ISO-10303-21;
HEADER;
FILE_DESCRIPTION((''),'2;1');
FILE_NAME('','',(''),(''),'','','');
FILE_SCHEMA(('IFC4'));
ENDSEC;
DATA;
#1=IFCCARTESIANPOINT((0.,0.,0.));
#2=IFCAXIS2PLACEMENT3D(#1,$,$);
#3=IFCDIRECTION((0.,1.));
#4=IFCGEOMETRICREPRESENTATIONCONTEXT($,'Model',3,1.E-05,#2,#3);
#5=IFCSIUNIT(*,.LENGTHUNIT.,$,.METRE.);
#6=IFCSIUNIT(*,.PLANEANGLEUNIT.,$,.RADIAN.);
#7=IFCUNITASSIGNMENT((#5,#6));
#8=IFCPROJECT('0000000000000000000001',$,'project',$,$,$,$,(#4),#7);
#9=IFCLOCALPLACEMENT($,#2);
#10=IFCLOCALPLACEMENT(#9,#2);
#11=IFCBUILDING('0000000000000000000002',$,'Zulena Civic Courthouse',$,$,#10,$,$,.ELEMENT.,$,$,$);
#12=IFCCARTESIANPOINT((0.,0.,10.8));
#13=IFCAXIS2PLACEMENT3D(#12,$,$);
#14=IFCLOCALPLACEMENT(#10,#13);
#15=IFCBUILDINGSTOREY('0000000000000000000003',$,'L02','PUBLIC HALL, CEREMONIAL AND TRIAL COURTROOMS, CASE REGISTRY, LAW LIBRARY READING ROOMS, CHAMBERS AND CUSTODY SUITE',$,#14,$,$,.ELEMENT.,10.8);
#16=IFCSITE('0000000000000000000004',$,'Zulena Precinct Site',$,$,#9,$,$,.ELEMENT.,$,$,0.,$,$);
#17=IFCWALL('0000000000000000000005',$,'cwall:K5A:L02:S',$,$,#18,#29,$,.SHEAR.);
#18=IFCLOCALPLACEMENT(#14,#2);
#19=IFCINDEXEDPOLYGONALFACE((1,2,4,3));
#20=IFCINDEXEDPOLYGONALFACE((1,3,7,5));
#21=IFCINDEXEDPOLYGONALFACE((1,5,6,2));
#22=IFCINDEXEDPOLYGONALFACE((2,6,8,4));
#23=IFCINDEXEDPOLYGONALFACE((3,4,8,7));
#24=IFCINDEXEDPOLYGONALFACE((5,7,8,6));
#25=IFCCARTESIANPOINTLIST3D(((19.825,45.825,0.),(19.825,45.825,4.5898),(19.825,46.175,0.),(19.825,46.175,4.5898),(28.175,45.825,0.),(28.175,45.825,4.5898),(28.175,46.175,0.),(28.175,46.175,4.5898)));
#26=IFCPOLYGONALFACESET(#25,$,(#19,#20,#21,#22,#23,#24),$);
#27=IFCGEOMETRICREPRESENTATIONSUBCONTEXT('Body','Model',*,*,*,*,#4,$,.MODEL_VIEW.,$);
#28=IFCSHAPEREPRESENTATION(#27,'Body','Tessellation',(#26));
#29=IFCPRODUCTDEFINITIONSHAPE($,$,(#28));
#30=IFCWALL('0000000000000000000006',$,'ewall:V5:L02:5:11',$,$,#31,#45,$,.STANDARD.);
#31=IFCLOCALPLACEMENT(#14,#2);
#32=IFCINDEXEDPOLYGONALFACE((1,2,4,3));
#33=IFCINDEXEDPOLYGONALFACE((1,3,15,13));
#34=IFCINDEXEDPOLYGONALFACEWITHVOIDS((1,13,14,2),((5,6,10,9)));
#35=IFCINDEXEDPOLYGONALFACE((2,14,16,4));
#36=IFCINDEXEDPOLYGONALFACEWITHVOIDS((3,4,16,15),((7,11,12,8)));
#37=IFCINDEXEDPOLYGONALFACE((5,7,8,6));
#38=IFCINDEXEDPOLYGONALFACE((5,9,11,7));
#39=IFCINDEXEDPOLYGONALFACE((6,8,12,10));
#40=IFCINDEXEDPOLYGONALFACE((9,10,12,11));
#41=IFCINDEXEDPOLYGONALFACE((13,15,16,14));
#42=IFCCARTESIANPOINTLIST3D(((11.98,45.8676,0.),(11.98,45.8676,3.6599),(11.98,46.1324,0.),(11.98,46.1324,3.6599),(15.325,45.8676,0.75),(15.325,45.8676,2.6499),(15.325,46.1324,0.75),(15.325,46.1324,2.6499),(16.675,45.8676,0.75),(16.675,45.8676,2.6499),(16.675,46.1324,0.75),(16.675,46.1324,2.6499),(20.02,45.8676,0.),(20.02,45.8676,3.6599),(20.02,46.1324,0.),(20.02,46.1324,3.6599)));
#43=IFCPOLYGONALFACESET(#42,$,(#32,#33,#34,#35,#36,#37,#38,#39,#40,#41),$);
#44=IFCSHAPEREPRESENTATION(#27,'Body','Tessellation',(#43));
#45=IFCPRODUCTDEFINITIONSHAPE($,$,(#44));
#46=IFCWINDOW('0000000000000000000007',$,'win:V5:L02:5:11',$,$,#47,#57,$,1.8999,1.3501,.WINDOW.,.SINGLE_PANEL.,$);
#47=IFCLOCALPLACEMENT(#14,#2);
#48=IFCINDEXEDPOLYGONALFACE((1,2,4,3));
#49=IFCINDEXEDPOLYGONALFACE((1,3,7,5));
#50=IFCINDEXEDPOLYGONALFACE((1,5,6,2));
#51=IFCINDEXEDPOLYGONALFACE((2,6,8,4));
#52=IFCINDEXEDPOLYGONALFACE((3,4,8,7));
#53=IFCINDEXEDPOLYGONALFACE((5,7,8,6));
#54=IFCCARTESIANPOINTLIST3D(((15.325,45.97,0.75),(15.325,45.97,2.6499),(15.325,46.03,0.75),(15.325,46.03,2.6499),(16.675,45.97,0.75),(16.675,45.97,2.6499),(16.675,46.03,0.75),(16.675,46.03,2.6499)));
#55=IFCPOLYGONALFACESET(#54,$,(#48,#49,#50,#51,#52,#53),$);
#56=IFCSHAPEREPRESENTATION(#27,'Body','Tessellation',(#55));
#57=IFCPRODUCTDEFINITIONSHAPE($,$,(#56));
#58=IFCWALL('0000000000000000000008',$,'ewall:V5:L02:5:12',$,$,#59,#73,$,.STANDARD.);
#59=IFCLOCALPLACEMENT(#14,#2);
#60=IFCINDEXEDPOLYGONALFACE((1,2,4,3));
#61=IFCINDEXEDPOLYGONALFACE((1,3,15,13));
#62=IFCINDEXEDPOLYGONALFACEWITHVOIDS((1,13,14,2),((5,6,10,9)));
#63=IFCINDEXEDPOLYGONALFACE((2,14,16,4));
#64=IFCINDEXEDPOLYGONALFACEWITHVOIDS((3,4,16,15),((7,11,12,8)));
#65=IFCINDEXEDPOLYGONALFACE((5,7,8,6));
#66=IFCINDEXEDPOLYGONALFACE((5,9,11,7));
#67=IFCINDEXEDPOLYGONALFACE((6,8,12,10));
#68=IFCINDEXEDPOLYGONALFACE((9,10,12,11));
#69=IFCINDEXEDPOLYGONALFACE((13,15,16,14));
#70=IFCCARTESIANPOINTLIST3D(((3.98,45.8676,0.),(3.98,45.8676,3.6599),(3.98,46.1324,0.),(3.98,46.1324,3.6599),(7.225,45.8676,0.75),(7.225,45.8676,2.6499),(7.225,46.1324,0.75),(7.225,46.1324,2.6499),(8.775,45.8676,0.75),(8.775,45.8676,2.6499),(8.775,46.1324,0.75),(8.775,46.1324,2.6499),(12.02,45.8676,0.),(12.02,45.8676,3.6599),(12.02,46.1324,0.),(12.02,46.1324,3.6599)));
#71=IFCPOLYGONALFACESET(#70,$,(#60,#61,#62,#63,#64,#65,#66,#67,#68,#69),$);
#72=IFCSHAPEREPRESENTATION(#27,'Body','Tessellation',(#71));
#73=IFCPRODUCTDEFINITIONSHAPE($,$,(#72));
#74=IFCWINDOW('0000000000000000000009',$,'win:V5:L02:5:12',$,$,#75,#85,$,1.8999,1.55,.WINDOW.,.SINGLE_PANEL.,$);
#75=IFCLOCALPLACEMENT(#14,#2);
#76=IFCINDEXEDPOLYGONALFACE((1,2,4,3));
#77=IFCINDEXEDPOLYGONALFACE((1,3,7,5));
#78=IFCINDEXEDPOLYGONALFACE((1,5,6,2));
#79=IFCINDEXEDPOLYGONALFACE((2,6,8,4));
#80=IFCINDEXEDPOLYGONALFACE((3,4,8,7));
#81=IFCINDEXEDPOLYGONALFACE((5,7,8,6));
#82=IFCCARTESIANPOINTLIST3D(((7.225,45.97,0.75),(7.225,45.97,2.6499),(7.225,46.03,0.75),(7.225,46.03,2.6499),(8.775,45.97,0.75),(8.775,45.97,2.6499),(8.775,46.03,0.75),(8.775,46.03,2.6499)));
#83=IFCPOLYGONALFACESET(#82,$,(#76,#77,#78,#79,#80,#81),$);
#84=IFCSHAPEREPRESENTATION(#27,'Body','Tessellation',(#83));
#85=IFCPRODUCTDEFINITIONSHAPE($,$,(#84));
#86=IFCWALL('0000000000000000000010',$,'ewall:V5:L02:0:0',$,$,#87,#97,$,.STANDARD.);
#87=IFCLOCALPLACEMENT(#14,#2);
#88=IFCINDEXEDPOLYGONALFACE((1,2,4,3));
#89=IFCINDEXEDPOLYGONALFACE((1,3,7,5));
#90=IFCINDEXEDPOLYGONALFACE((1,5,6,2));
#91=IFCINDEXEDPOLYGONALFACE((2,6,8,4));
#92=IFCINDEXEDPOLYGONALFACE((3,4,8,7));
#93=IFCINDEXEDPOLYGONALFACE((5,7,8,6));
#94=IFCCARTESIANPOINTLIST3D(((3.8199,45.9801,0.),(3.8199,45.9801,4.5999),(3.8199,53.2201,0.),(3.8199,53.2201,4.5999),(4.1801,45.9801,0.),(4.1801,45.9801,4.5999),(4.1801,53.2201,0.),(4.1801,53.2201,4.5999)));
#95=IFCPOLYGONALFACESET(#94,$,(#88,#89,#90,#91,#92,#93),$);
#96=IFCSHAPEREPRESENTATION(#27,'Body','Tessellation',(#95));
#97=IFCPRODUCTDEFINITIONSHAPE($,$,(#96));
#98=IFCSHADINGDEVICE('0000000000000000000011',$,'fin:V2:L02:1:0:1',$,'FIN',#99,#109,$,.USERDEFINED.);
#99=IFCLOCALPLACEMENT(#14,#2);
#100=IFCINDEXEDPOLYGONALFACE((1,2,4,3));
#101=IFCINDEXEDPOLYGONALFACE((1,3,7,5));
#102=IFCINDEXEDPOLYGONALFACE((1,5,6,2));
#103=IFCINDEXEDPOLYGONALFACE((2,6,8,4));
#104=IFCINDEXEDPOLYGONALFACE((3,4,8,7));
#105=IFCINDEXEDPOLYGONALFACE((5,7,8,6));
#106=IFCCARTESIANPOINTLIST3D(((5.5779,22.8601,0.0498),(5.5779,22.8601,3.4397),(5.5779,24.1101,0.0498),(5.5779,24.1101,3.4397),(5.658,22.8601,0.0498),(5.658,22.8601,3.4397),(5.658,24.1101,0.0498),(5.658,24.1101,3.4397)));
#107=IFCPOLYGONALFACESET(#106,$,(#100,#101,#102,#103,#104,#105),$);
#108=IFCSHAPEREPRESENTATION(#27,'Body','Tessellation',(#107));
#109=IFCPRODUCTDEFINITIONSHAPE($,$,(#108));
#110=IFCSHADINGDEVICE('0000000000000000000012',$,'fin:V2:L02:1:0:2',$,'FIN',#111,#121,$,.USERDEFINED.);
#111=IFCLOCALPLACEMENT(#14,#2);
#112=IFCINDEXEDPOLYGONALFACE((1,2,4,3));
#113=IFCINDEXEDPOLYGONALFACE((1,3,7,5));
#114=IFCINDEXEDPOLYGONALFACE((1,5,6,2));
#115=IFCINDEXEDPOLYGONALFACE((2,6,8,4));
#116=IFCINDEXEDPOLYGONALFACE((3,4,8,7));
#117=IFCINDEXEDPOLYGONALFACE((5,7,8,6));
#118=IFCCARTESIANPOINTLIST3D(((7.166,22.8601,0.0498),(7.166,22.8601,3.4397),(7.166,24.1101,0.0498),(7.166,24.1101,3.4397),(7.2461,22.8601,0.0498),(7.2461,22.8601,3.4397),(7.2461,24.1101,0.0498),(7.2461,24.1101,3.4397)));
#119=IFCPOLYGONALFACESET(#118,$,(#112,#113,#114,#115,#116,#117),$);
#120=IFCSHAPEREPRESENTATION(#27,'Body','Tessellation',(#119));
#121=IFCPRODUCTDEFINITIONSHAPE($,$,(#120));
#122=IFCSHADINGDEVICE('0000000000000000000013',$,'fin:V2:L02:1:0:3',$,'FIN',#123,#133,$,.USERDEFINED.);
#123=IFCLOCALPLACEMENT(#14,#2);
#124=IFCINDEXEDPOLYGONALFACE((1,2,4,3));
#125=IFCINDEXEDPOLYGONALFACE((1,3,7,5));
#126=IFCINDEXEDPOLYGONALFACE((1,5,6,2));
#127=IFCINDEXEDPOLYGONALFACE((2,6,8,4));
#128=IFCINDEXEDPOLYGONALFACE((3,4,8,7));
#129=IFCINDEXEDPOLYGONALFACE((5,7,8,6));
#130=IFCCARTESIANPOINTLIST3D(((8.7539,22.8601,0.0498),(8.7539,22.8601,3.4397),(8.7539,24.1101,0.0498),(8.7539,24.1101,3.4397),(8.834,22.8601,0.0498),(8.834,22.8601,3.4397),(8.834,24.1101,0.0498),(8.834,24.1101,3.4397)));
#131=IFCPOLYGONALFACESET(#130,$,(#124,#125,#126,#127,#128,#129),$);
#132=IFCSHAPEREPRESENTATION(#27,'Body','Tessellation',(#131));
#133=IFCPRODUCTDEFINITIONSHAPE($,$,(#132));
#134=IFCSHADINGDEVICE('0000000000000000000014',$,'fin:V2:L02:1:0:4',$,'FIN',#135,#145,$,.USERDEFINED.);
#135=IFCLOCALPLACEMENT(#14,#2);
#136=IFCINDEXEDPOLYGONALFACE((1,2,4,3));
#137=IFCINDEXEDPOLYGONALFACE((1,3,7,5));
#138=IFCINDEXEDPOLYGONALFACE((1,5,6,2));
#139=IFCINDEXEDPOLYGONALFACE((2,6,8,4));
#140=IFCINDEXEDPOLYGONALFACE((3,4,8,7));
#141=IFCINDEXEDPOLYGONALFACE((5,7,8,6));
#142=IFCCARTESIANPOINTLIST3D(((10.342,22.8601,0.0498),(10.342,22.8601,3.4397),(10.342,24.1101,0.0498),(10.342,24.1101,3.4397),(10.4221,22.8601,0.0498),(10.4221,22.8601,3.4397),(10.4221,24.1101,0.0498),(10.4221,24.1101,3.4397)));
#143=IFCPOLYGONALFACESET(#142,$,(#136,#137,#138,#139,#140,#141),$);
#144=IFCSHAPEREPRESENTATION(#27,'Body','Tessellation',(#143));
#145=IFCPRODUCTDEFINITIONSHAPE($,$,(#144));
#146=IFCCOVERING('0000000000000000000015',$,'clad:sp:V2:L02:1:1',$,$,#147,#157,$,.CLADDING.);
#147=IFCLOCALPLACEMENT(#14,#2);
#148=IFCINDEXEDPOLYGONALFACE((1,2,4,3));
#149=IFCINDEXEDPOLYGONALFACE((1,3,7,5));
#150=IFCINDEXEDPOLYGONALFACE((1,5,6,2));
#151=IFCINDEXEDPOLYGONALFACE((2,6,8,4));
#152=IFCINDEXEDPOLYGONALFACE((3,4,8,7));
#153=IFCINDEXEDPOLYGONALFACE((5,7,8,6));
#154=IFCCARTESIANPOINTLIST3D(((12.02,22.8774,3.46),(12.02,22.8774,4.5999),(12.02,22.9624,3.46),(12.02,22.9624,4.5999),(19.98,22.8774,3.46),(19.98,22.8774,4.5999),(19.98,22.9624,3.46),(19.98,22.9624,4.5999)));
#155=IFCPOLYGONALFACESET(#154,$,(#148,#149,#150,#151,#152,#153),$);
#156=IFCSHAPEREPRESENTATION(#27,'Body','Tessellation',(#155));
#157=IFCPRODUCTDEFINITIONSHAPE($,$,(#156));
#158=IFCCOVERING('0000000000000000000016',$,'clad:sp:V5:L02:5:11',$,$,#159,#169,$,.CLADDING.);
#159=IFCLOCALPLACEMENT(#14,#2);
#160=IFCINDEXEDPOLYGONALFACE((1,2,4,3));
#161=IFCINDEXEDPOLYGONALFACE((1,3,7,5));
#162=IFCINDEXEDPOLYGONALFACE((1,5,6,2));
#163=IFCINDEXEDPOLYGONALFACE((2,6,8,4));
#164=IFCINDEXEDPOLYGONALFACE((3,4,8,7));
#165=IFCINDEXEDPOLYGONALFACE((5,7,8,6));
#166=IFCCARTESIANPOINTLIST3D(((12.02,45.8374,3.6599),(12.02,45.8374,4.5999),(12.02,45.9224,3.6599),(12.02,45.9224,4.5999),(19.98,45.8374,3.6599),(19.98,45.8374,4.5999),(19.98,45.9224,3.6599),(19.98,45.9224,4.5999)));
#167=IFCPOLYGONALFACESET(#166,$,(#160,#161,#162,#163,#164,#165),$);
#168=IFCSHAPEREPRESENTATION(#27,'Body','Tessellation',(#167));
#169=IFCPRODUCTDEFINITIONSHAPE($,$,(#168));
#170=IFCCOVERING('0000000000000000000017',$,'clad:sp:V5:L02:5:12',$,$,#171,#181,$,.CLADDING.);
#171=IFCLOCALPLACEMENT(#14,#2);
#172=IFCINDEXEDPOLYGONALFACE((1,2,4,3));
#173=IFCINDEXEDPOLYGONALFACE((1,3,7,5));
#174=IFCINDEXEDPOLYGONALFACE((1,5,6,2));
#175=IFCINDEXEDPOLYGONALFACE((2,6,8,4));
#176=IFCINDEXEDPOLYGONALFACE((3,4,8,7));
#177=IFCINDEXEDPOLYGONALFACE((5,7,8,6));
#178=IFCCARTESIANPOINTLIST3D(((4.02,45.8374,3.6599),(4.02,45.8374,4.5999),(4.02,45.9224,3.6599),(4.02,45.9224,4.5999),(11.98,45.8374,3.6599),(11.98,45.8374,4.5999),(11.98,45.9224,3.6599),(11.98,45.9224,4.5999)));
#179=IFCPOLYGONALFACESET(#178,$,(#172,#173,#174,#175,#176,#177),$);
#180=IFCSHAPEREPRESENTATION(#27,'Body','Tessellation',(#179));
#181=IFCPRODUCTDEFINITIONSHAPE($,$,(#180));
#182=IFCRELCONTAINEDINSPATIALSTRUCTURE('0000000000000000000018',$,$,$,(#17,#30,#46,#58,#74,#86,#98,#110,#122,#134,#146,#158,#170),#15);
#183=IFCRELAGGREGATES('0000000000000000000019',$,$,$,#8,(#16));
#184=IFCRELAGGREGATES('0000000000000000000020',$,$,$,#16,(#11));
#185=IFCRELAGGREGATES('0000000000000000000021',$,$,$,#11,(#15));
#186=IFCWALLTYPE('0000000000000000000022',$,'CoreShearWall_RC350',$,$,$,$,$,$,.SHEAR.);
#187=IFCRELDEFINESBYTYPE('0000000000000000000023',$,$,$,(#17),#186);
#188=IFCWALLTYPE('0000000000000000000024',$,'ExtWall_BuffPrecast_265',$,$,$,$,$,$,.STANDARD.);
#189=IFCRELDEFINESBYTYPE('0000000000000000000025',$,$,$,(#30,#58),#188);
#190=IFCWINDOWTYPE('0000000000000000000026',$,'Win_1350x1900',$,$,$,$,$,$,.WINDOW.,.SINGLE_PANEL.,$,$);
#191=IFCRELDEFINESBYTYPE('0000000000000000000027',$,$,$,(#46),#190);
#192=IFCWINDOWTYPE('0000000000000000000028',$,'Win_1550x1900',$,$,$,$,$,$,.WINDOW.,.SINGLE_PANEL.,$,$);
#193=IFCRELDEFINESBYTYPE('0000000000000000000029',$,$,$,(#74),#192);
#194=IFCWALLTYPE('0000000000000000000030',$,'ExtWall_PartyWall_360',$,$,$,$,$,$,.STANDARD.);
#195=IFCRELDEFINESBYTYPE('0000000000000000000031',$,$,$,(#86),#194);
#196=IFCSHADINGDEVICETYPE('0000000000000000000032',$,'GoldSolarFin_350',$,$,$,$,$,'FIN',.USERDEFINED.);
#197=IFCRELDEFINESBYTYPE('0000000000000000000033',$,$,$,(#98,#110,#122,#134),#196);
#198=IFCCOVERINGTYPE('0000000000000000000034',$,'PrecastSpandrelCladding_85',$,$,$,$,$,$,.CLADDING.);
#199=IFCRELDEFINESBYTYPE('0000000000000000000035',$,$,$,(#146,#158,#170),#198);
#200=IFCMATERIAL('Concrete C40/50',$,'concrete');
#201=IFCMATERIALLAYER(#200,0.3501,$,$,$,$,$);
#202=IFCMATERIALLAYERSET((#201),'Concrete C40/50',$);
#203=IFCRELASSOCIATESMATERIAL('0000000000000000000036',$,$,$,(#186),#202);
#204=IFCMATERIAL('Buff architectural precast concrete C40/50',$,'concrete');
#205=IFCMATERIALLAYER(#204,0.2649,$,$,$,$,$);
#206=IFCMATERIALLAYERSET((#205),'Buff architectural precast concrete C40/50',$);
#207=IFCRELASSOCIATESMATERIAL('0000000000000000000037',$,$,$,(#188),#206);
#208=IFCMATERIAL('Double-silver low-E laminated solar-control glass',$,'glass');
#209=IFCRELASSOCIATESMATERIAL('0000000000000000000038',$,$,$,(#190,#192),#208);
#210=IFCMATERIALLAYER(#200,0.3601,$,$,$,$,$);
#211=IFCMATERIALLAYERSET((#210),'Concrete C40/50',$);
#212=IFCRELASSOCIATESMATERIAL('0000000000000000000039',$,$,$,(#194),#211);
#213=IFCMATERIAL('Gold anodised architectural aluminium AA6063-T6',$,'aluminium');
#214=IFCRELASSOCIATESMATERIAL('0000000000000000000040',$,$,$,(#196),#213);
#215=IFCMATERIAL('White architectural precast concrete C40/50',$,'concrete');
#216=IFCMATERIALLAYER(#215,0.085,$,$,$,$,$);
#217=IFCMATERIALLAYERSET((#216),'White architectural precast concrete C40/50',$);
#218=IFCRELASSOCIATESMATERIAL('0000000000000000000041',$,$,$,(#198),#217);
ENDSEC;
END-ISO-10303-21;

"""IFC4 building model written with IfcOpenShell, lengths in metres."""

from ifc_helpers import new_model, si_unit, direction, frame, frame_2d, origin, origin_2d, place, context, subcontext, project, spatial, rectangle, extrude, material, layer, layer_set, type_object, element, fill, save


model = new_model("IFC4")

# Units and contexts
model_context = context("Model", 3, precision=1e-05, world=origin(), true_north=direction((0.0, 1.0)))
body_context = subcontext(model_context, "Body", "Model", "MODEL_VIEW")
ifc_project = project(units=[si_unit("LENGTHUNIT", "METRE"), si_unit("PLANEANGLEUNIT", "RADIAN")], contexts=[model_context])

# Site, building, storey
site_placement = place(None, origin())
site = spatial("IfcSite", under=ifc_project, at=site_placement, Name="Zulena Precinct Site", CompositionType="ELEMENT", RefElevation=0.0)
building_placement = place(site_placement, origin())
building = spatial("IfcBuilding", under=site, at=building_placement, Name="Zulena Civic Courthouse", CompositionType="ELEMENT")
storey_placement = place(building_placement, frame((0.0, 0.0, 10.8)))
storey = spatial("IfcBuildingStorey", under=building, at=storey_placement, Name="L02", Description="PUBLIC HALL, CEREMONIAL AND TRIAL COURTROOMS, CASE REGISTRY, LAW LIBRARY READING ROOMS, CHAMBERS AND CUSTODY SUITE", CompositionType="ELEMENT", Elevation=10.8)

# Shared definitions
ifc_material_1 = material(Name="Double-silver low-E laminated solar-control glass", Category="glass")

# Wall
ifc_material_2 = material(Name="Concrete C40/50", Category="concrete")
ifc_layer_1 = layer(ifc_material_2, 0.3501)
ifc_layer_set_1 = layer_set([ifc_layer_1], Name="Concrete C40/50")
wall_type_1 = type_object("IfcWallType", Name="CoreShearWall_RC350", PredefinedType="SHEAR", material=ifc_layer_set_1)
wall_1_placement = place(storey_placement, frame((19.825, 46.0, 0.0), z_axis=(0.0, 0.0, 1.0), x_axis=(1.0, 0.0, 0.0)))
element("IfcWall", 1, at=wall_1_placement, inside=storey, type_object=wall_type_1, Name="cwall:K5A:L02:S", PredefinedType="SHEAR", context=body_context, shape_type="SweptSolid", body=[
    extrude(rectangle(XDim=8.3501, YDim=0.3501, at=frame_2d((4.175, 0.0))), origin(), (0.0, 0.0, 1.0), 4.5898),
])

# Walls, openings, windows
ifc_material_3 = material(Name="Buff architectural precast concrete C40/50", Category="concrete")
ifc_layer_2 = layer(ifc_material_3, 0.2649)
ifc_layer_set_2 = layer_set([ifc_layer_2], Name="Buff architectural precast concrete C40/50")
wall_type_2 = type_object("IfcWallType", Name="ExtWall_BuffPrecast_265", PredefinedType="STANDARD", material=ifc_layer_set_2)
wall_2_placement = place(storey_placement, frame((20.02, 46.0, 0.0), z_axis=(0.0, 0.0, 1.0), x_axis=(-1.0, 0.0, 0.0)))
wall_2 = element("IfcWall", 2, at=wall_2_placement, inside=storey, type_object=wall_type_2, Name="ewall:V5:L02:5:11", PredefinedType="STANDARD", context=body_context, shape_type="SweptSolid", body=[
    extrude(rectangle(XDim=8.04, YDim=0.2649, at=frame_2d((4.02, 0.0))), origin(), (0.0, 0.0, 1.0), 3.6599),
])
opening_1_placement = place(wall_2_placement, frame((3.345, 0.0, 0.75)))
opening_1 = element("IfcOpeningElement", 3, at=opening_1_placement, cuts=wall_2, PredefinedType="OPENING", context=body_context, shape_type="SweptSolid", body=[
    extrude(rectangle(XDim=1.3501, YDim=1.8999, at=frame_2d((0.675, 0.95))), frame((0.0, 0.1423, 0.0), z_axis=(0.0, -1.0, 0.0), x_axis=(1.0, 0.0, 0.0)), (0.0, 0.0, 1.0), 0.2849),
])
window_type_1 = type_object("IfcWindowType", Name="Win_1350x1900", PartitioningType="SINGLE_PANEL", PredefinedType="WINDOW", material=ifc_material_1)
window_1_placement = place(opening_1_placement, origin())
window_1 = element("IfcWindow", 4, at=window_1_placement, inside=storey, type_object=window_type_1, Name="win:V5:L02:5:11", OverallHeight=1.8999, OverallWidth=1.3501, PartitioningType="SINGLE_PANEL", PredefinedType="WINDOW", context=body_context, shape_type="SweptSolid", body=[
    extrude(rectangle(XDim=1.3501, YDim=1.8999, at=frame_2d((0.675, 0.95))), frame((0.0, 0.03, 0.0), z_axis=(0.0, -1.0, 0.0), x_axis=(1.0, 0.0, 0.0)), (0.0, 0.0, 1.0), 0.0601),
])
fill(opening_1, window_1)
wall_3_placement = place(storey_placement, frame((12.02, 46.0, 0.0), z_axis=(0.0, 0.0, 1.0), x_axis=(-1.0, 0.0, 0.0)))
wall_3 = element("IfcWall", 5, at=wall_3_placement, inside=storey, type_object=wall_type_2, Name="ewall:V5:L02:5:12", PredefinedType="STANDARD", context=body_context, shape_type="SweptSolid", body=[
    extrude(rectangle(XDim=8.04, YDim=0.2649, at=frame_2d((4.02, 0.0))), origin(), (0.0, 0.0, 1.0), 3.6599),
])
opening_2_placement = place(wall_3_placement, frame((3.2451, 0.0, 0.75)))
opening_2 = element("IfcOpeningElement", 6, at=opening_2_placement, cuts=wall_3, PredefinedType="OPENING", context=body_context, shape_type="SweptSolid", body=[
    extrude(rectangle(XDim=1.55, YDim=1.8999, at=frame_2d((0.7749, 0.95))), frame((0.0, 0.1423, 0.0), z_axis=(0.0, -1.0, 0.0), x_axis=(1.0, 0.0, 0.0)), (0.0, 0.0, 1.0), 0.2849),
])
window_type_2 = type_object("IfcWindowType", Name="Win_1550x1900", PartitioningType="SINGLE_PANEL", PredefinedType="WINDOW", material=ifc_material_1)
window_2_placement = place(opening_2_placement, origin())
window_2 = element("IfcWindow", 7, at=window_2_placement, inside=storey, type_object=window_type_2, Name="win:V5:L02:5:12", OverallHeight=1.8999, OverallWidth=1.55, PartitioningType="SINGLE_PANEL", PredefinedType="WINDOW", context=body_context, shape_type="SweptSolid", body=[
    extrude(rectangle(XDim=1.55, YDim=1.8999, at=frame_2d((0.7749, 0.95))), frame((0.0, 0.03, 0.0), z_axis=(0.0, -1.0, 0.0), x_axis=(1.0, 0.0, 0.0)), (0.0, 0.0, 1.0), 0.0601),
])
fill(opening_2, window_2)

# Wall
ifc_layer_3 = layer(ifc_material_2, 0.3601)
ifc_layer_set_3 = layer_set([ifc_layer_3], Name="Concrete C40/50")
wall_type_3 = type_object("IfcWallType", Name="ExtWall_PartyWall_360", PredefinedType="STANDARD", material=ifc_layer_set_3)
wall_4_placement = place(storey_placement, frame((4.0, 45.98, 0.0), z_axis=(0.0, 0.0, 1.0), x_axis=(0.0, 1.0, 0.0)))
element("IfcWall", 8, at=wall_4_placement, inside=storey, type_object=wall_type_3, Name="ewall:V5:L02:0:0", PredefinedType="STANDARD", context=body_context, shape_type="SweptSolid", body=[
    extrude(rectangle(XDim=7.24, YDim=0.3601, at=frame_2d((3.6201, 0.0))), origin(), (0.0, 0.0, 1.0), 4.5999),
])

# Shading devices
ifc_material_4 = material(Name="Gold anodised architectural aluminium AA6063-T6", Category="aluminium")
shading_device_type = type_object("IfcShadingDeviceType", Name="GoldSolarFin_350", ElementType="FIN", PredefinedType="USERDEFINED", material=ifc_material_4)
for number, where, z_axis, x_axis, name in (
    (9, (5.6179, 23.4851, 0.0498), (0.0, 0.0, 1.0), (0.0, 1.0, 0.0), "fin:V2:L02:1:0:1"),
    (10, (7.2061, 23.4851, 0.0498), (0.0, 0.0, 1.0), (0.0, 1.0, 0.0), "fin:V2:L02:1:0:2"),
    (11, (8.7939, 23.4851, 0.0498), (0.0, 0.0, 1.0), (0.0, 1.0, 0.0), "fin:V2:L02:1:0:3"),
    (12, (10.3821, 23.4851, 0.0498), (0.0, 0.0, 1.0), (0.0, 1.0, 0.0), "fin:V2:L02:1:0:4"),
):
    element("IfcShadingDevice", number, at=place(storey_placement, frame(where, z_axis=z_axis, x_axis=x_axis)), inside=storey, type_object=shading_device_type, Name=name, ObjectType="FIN", PredefinedType="USERDEFINED", context=body_context, shape_type="SweptSolid", body=[
        extrude(rectangle(XDim=1.25, YDim=0.0801, at=origin_2d()), origin(), (0.0, 0.0, 1.0), 3.3899),
    ])

# Coverings
ifc_material_5 = material(Name="White architectural precast concrete C40/50", Category="concrete")
ifc_layer_4 = layer(ifc_material_5, 0.085)
ifc_layer_set_4 = layer_set([ifc_layer_4], Name="White architectural precast concrete C40/50")
covering_type = type_object("IfcCoveringType", Name="PrecastSpandrelCladding_85", PredefinedType="CLADDING", material=ifc_layer_set_4)
covering_placement = place(storey_placement, frame((16.0, 22.9199, 3.46), z_axis=(0.0, 0.0, 1.0), x_axis=(1.0, 0.0, 0.0)))
element("IfcCovering", 13, at=covering_placement, inside=storey, type_object=covering_type, Name="clad:sp:V2:L02:1:1", PredefinedType="CLADDING", context=body_context, shape_type="SweptSolid", body=[
    extrude(rectangle(XDim=7.96, YDim=0.085, at=origin_2d()), origin(), (0.0, 0.0, 1.0), 1.1399),
])
for number, where, z_axis, x_axis, name in (
    (14, (16.0, 45.8799, 3.6599), (0.0, 0.0, 1.0), (-1.0, 0.0, 0.0), "clad:sp:V5:L02:5:11"),
    (15, (8.0, 45.8799, 3.6599), (0.0, 0.0, 1.0), (-1.0, 0.0, 0.0), "clad:sp:V5:L02:5:12"),
):
    element("IfcCovering", number, at=place(storey_placement, frame(where, z_axis=z_axis, x_axis=x_axis)), inside=storey, type_object=covering_type, Name=name, PredefinedType="CLADDING", context=body_context, shape_type="SweptSolid", body=[
        extrude(rectangle(XDim=7.96, YDim=0.085, at=origin_2d()), origin(), (0.0, 0.0, 1.0), 0.9399),
    ])

save(model, "model.ifc")
